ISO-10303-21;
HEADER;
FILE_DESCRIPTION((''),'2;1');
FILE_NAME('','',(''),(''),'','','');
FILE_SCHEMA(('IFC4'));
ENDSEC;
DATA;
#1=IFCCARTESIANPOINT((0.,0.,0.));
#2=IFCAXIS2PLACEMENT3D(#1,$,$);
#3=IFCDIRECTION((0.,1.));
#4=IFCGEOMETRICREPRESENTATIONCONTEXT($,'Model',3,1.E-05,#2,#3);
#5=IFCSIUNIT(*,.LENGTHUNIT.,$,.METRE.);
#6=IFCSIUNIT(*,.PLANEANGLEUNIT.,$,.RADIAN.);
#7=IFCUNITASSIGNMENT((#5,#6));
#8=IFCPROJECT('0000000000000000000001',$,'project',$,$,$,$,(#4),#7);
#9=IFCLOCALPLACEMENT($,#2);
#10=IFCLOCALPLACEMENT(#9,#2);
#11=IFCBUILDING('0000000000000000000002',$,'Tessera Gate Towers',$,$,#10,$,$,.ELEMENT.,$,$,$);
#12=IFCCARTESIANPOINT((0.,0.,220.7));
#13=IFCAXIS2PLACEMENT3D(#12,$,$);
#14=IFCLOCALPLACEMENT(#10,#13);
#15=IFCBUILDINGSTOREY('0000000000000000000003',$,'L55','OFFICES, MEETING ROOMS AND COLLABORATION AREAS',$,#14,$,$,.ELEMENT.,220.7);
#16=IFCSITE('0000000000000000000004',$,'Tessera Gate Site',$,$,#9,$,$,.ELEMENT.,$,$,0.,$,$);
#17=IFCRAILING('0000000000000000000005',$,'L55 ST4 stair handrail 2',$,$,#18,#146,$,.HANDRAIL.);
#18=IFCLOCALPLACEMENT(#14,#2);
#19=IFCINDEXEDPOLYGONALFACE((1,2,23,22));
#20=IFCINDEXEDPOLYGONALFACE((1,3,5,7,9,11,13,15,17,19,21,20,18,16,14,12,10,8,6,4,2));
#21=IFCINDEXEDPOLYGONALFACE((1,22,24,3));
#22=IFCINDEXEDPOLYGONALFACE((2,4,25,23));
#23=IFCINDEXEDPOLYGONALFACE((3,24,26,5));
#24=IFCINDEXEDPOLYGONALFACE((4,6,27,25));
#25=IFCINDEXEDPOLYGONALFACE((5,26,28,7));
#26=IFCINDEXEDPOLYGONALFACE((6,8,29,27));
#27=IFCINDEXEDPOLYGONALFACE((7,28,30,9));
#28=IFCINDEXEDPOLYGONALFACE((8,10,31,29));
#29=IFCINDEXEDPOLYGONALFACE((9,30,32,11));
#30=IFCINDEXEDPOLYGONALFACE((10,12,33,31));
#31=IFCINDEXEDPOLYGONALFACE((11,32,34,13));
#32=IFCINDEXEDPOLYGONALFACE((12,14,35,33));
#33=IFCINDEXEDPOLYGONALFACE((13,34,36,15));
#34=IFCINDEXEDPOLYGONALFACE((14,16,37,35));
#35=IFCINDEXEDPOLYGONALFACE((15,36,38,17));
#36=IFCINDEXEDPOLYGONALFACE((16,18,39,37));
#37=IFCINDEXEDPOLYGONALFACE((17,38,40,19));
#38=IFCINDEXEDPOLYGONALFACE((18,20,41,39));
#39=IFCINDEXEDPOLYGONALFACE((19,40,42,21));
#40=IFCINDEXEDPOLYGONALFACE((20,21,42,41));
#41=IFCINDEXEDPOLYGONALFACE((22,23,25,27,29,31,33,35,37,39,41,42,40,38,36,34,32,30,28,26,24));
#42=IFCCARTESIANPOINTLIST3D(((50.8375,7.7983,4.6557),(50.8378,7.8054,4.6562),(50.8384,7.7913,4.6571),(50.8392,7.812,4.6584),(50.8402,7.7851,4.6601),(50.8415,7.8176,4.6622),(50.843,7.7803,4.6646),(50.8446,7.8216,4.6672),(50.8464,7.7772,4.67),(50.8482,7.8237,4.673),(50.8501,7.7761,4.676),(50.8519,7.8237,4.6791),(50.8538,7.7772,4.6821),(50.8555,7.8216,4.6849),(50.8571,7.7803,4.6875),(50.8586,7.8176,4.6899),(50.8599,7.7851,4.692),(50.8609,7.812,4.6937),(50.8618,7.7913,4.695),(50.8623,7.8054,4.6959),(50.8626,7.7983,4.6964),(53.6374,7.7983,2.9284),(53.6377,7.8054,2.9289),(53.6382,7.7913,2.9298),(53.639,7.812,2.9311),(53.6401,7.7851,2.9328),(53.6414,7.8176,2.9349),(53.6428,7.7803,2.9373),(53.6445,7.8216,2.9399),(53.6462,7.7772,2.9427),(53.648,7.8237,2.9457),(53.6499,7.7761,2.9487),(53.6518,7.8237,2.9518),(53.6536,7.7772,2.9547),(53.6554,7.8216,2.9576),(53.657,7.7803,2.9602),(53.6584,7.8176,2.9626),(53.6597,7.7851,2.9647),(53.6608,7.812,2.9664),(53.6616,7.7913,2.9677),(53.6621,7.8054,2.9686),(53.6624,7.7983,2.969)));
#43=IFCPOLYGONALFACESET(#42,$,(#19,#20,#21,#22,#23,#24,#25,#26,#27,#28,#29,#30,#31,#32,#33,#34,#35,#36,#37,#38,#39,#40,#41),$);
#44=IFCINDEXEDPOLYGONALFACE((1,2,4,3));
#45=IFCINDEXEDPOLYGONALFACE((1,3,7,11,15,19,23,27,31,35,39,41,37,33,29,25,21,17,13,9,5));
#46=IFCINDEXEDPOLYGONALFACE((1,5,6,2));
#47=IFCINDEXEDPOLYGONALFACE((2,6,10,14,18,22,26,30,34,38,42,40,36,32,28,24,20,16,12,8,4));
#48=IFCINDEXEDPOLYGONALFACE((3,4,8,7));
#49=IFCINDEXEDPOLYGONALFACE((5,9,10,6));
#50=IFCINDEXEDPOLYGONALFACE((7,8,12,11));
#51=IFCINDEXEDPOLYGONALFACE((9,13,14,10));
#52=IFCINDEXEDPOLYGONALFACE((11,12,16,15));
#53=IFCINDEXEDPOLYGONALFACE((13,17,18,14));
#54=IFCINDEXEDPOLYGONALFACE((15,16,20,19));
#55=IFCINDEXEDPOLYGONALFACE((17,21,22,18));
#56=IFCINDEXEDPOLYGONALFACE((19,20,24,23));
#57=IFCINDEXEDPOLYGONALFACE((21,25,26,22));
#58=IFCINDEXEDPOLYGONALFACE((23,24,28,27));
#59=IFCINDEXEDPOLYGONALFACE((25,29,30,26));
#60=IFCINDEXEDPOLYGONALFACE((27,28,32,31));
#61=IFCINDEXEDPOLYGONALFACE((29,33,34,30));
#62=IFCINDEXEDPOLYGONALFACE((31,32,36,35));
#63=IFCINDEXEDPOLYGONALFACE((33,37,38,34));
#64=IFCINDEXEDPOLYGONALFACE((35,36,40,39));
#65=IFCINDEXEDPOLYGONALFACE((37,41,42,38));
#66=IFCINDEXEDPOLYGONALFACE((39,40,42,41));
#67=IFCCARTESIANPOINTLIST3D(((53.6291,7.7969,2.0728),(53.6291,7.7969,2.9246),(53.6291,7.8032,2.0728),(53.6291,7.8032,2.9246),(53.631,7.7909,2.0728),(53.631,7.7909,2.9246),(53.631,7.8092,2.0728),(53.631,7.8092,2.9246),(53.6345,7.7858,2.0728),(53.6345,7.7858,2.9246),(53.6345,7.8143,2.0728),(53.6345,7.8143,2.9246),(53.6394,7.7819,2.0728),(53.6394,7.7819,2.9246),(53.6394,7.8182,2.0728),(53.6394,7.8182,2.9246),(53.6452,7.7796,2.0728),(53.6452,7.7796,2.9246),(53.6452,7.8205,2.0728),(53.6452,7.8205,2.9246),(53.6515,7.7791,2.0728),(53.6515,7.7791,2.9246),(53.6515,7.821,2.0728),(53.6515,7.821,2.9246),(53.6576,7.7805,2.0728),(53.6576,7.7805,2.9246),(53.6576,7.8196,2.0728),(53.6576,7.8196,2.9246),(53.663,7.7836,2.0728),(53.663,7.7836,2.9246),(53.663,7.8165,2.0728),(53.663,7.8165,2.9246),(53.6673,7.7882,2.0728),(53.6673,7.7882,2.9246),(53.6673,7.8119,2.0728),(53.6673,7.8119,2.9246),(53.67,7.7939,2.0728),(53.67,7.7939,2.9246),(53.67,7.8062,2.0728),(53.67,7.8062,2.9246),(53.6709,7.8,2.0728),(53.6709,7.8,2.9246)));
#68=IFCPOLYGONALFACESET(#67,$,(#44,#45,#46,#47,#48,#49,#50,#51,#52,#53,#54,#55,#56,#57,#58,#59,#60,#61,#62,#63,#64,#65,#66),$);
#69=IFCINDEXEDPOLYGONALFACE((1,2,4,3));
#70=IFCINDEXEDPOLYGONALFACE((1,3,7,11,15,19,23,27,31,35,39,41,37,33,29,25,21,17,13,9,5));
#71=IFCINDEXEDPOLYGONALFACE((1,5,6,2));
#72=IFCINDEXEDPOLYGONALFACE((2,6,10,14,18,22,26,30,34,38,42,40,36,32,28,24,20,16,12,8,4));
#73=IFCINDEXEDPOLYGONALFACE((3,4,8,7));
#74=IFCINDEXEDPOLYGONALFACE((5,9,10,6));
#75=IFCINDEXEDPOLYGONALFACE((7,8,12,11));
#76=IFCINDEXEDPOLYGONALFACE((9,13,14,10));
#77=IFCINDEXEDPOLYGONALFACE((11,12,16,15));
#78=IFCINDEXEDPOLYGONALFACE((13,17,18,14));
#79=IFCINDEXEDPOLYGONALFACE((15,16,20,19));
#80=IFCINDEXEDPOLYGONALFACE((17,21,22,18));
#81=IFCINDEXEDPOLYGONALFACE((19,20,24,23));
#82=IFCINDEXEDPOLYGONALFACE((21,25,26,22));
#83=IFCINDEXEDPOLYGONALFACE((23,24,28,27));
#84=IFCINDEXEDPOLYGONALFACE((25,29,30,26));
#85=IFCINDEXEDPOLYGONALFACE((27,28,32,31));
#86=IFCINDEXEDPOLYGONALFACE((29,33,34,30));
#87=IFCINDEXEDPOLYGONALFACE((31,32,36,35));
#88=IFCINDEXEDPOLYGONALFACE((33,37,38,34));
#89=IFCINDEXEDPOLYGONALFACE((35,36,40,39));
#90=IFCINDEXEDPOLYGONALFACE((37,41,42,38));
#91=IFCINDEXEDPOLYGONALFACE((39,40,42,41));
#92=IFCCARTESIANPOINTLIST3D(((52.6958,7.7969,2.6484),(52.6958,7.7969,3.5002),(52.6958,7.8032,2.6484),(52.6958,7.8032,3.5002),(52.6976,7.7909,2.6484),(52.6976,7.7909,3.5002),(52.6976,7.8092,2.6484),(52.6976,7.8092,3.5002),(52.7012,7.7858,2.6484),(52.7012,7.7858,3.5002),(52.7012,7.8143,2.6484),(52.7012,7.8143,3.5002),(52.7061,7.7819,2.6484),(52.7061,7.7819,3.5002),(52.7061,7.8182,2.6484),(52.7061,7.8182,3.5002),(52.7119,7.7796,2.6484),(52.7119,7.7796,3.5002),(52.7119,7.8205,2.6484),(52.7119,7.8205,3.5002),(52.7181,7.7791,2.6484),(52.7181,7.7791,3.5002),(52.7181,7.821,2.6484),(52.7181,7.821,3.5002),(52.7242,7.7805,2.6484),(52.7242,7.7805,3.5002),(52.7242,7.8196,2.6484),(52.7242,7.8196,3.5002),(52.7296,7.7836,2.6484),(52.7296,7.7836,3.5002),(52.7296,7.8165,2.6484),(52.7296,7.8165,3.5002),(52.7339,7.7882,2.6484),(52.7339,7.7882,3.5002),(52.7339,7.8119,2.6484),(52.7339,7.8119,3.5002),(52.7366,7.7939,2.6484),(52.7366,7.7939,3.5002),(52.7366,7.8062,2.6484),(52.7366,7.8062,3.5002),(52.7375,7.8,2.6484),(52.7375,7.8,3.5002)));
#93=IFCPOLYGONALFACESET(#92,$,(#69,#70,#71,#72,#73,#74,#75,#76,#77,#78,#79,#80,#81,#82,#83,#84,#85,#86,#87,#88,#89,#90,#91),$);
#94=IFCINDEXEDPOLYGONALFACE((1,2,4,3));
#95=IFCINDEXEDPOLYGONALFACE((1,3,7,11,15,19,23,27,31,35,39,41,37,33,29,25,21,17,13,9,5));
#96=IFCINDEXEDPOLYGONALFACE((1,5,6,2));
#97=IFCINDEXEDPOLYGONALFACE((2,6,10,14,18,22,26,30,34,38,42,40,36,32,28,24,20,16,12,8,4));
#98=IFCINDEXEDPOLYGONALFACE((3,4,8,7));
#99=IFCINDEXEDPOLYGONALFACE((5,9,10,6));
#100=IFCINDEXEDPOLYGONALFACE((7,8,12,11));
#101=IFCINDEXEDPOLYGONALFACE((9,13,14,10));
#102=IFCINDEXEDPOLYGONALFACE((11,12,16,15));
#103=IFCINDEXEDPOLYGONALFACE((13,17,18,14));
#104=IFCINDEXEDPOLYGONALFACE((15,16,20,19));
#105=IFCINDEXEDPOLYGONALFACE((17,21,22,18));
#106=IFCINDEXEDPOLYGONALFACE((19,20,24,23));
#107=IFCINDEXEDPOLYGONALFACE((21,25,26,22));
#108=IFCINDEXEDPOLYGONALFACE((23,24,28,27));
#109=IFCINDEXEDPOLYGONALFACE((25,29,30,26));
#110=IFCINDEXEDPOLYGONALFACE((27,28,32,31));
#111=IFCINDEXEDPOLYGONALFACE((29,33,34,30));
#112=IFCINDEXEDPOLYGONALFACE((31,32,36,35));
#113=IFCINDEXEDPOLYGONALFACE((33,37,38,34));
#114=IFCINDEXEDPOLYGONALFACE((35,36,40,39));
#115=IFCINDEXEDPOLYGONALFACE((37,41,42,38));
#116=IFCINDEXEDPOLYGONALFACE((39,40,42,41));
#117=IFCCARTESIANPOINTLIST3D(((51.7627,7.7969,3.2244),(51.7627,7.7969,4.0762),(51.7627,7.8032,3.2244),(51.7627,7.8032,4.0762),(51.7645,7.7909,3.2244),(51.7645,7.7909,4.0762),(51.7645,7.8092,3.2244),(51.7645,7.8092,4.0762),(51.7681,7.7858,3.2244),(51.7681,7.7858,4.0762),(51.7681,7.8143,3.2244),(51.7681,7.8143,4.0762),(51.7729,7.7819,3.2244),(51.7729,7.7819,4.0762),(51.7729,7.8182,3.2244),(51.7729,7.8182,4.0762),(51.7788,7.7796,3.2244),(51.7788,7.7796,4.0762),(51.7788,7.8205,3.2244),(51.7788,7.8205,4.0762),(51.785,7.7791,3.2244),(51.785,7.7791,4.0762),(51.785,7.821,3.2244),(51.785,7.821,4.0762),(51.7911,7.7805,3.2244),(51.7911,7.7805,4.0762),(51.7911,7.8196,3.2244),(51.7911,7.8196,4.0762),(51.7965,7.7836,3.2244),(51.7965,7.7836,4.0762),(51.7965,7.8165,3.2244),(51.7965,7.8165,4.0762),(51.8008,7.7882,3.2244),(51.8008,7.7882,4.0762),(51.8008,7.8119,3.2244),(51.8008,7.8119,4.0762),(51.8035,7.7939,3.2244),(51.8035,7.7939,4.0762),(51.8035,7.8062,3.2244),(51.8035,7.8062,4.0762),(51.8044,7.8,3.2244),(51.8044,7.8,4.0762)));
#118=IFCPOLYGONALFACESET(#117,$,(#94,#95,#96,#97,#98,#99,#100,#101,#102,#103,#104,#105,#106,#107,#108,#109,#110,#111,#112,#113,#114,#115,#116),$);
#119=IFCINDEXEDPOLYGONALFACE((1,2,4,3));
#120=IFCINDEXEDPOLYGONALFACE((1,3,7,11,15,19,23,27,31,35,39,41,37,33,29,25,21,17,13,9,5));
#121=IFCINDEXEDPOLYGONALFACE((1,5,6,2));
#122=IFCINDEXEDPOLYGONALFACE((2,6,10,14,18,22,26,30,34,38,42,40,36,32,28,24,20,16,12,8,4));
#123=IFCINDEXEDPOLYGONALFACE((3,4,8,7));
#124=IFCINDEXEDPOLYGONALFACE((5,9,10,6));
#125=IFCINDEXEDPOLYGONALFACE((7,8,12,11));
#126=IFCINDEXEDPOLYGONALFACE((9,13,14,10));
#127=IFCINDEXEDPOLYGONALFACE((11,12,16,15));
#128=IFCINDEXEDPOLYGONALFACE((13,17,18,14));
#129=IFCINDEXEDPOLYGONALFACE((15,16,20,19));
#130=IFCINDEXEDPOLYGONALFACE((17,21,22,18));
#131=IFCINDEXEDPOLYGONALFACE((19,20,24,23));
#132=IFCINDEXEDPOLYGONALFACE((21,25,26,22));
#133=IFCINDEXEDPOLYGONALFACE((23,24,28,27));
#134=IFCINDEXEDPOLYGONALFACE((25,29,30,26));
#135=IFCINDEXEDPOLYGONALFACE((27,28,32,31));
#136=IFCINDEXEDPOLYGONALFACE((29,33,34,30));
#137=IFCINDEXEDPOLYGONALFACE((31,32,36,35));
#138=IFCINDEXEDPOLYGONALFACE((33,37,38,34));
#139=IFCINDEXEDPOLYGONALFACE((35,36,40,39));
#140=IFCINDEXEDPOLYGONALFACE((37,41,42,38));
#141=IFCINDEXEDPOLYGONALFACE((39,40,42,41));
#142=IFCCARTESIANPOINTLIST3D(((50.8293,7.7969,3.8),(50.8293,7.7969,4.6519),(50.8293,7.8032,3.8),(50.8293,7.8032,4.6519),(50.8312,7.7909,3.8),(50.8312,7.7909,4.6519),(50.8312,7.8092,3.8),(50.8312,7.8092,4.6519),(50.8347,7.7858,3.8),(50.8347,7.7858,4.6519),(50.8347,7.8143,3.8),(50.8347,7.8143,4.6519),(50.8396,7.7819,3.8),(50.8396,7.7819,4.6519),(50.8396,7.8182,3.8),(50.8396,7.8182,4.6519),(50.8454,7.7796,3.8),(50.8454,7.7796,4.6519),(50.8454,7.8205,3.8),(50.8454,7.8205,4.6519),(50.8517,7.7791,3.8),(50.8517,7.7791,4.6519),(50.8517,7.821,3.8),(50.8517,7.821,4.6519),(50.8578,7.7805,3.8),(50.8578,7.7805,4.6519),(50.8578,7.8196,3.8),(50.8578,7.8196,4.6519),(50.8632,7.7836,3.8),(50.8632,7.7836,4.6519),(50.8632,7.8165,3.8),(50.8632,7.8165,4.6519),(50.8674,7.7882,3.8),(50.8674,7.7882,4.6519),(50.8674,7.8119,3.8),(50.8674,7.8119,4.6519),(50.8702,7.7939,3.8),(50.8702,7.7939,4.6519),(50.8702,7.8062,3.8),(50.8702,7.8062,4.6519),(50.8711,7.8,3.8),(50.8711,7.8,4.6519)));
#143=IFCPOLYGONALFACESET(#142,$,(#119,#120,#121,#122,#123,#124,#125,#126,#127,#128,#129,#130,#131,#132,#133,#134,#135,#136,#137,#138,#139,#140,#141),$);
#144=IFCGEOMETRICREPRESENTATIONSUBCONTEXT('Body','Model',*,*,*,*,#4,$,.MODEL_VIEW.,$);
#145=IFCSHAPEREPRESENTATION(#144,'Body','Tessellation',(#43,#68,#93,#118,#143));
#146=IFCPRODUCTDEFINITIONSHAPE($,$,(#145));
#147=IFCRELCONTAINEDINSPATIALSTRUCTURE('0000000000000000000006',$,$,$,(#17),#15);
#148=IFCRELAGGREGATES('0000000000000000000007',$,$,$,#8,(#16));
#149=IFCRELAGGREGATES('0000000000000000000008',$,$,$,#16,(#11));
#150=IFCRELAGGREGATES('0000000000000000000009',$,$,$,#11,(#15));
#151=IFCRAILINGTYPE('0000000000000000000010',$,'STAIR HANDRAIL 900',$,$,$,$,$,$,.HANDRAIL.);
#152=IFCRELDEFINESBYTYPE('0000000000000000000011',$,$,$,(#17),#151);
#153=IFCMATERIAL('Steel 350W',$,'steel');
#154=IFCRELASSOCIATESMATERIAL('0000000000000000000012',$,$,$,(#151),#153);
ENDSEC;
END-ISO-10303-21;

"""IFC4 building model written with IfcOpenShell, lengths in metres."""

from ifc_helpers import new_model, si_unit, direction, frame, origin, origin_2d, place, context, subcontext, project, spatial, circle, extrude, material, type_object, element, save


model = new_model("IFC4")

# Units and contexts
model_context = context("Model", 3, precision=1e-05, world=origin(), true_north=direction((0.0, 1.0)))
body_context = subcontext(model_context, "Body", "Model", "MODEL_VIEW")
ifc_project = project(units=[si_unit("LENGTHUNIT", "METRE"), si_unit("PLANEANGLEUNIT", "RADIAN")], contexts=[model_context])

# Site, building, storey
site_placement = place(None, origin())
site = spatial("IfcSite", under=ifc_project, at=site_placement, Name="Tessera Gate Site", CompositionType="ELEMENT", RefElevation=0.0)
building_placement = place(site_placement, origin())
building = spatial("IfcBuilding", under=site, at=building_placement, Name="Tessera Gate Towers", CompositionType="ELEMENT")
storey_placement = place(building_placement, frame((0.0, 0.0, 220.7)))
storey = spatial("IfcBuildingStorey", under=building, at=storey_placement, Name="L55", Description="OFFICES, MEETING ROOMS AND COLLABORATION AREAS", CompositionType="ELEMENT", Elevation=220.7)

# Railing
ifc_material_1 = material(Name="Steel 350W", Category="steel")
railing_type_1 = type_object("IfcRailingType", Name="STAIR HANDRAIL 900", PredefinedType="HANDRAIL", material=ifc_material_1)
railing_1_placement = place(storey_placement, frame((53.6499, 7.8, 2.0728)))
element("IfcRailing", 1, at=railing_1_placement, inside=storey, type_object=railing_type_1, Name="L55 ST4 stair handrail 2", PredefinedType="HANDRAIL", context=body_context, shape_type="SweptSolid", body=[
    extrude(circle(Radius=0.0239, at=origin_2d()), frame((0.0, 0.0, 0.876), z_axis=(-0.851069, 0.0, 0.525054), x_axis=(0.0, -1.0, 0.0)), (0.0, 0.0, 1.0), 3.2898),
    extrude(circle(Radius=0.021, at=origin_2d()), origin(), (0.0, 0.0, 1.0), 0.8518),
    extrude(circle(Radius=0.021, at=origin_2d()), frame((-0.9333, 0.0, 0.5757)), (0.0, 0.0, 1.0), 0.8518),
    extrude(circle(Radius=0.021, at=origin_2d()), frame((-1.8665, 0.0, 1.1516)), (0.0, 0.0, 1.0), 0.8518),
    extrude(circle(Radius=0.021, at=origin_2d()), frame((-2.7998, 0.0, 1.7273)), (0.0, 0.0, 1.0), 0.8518),
])

save(model, "model.ifc")
